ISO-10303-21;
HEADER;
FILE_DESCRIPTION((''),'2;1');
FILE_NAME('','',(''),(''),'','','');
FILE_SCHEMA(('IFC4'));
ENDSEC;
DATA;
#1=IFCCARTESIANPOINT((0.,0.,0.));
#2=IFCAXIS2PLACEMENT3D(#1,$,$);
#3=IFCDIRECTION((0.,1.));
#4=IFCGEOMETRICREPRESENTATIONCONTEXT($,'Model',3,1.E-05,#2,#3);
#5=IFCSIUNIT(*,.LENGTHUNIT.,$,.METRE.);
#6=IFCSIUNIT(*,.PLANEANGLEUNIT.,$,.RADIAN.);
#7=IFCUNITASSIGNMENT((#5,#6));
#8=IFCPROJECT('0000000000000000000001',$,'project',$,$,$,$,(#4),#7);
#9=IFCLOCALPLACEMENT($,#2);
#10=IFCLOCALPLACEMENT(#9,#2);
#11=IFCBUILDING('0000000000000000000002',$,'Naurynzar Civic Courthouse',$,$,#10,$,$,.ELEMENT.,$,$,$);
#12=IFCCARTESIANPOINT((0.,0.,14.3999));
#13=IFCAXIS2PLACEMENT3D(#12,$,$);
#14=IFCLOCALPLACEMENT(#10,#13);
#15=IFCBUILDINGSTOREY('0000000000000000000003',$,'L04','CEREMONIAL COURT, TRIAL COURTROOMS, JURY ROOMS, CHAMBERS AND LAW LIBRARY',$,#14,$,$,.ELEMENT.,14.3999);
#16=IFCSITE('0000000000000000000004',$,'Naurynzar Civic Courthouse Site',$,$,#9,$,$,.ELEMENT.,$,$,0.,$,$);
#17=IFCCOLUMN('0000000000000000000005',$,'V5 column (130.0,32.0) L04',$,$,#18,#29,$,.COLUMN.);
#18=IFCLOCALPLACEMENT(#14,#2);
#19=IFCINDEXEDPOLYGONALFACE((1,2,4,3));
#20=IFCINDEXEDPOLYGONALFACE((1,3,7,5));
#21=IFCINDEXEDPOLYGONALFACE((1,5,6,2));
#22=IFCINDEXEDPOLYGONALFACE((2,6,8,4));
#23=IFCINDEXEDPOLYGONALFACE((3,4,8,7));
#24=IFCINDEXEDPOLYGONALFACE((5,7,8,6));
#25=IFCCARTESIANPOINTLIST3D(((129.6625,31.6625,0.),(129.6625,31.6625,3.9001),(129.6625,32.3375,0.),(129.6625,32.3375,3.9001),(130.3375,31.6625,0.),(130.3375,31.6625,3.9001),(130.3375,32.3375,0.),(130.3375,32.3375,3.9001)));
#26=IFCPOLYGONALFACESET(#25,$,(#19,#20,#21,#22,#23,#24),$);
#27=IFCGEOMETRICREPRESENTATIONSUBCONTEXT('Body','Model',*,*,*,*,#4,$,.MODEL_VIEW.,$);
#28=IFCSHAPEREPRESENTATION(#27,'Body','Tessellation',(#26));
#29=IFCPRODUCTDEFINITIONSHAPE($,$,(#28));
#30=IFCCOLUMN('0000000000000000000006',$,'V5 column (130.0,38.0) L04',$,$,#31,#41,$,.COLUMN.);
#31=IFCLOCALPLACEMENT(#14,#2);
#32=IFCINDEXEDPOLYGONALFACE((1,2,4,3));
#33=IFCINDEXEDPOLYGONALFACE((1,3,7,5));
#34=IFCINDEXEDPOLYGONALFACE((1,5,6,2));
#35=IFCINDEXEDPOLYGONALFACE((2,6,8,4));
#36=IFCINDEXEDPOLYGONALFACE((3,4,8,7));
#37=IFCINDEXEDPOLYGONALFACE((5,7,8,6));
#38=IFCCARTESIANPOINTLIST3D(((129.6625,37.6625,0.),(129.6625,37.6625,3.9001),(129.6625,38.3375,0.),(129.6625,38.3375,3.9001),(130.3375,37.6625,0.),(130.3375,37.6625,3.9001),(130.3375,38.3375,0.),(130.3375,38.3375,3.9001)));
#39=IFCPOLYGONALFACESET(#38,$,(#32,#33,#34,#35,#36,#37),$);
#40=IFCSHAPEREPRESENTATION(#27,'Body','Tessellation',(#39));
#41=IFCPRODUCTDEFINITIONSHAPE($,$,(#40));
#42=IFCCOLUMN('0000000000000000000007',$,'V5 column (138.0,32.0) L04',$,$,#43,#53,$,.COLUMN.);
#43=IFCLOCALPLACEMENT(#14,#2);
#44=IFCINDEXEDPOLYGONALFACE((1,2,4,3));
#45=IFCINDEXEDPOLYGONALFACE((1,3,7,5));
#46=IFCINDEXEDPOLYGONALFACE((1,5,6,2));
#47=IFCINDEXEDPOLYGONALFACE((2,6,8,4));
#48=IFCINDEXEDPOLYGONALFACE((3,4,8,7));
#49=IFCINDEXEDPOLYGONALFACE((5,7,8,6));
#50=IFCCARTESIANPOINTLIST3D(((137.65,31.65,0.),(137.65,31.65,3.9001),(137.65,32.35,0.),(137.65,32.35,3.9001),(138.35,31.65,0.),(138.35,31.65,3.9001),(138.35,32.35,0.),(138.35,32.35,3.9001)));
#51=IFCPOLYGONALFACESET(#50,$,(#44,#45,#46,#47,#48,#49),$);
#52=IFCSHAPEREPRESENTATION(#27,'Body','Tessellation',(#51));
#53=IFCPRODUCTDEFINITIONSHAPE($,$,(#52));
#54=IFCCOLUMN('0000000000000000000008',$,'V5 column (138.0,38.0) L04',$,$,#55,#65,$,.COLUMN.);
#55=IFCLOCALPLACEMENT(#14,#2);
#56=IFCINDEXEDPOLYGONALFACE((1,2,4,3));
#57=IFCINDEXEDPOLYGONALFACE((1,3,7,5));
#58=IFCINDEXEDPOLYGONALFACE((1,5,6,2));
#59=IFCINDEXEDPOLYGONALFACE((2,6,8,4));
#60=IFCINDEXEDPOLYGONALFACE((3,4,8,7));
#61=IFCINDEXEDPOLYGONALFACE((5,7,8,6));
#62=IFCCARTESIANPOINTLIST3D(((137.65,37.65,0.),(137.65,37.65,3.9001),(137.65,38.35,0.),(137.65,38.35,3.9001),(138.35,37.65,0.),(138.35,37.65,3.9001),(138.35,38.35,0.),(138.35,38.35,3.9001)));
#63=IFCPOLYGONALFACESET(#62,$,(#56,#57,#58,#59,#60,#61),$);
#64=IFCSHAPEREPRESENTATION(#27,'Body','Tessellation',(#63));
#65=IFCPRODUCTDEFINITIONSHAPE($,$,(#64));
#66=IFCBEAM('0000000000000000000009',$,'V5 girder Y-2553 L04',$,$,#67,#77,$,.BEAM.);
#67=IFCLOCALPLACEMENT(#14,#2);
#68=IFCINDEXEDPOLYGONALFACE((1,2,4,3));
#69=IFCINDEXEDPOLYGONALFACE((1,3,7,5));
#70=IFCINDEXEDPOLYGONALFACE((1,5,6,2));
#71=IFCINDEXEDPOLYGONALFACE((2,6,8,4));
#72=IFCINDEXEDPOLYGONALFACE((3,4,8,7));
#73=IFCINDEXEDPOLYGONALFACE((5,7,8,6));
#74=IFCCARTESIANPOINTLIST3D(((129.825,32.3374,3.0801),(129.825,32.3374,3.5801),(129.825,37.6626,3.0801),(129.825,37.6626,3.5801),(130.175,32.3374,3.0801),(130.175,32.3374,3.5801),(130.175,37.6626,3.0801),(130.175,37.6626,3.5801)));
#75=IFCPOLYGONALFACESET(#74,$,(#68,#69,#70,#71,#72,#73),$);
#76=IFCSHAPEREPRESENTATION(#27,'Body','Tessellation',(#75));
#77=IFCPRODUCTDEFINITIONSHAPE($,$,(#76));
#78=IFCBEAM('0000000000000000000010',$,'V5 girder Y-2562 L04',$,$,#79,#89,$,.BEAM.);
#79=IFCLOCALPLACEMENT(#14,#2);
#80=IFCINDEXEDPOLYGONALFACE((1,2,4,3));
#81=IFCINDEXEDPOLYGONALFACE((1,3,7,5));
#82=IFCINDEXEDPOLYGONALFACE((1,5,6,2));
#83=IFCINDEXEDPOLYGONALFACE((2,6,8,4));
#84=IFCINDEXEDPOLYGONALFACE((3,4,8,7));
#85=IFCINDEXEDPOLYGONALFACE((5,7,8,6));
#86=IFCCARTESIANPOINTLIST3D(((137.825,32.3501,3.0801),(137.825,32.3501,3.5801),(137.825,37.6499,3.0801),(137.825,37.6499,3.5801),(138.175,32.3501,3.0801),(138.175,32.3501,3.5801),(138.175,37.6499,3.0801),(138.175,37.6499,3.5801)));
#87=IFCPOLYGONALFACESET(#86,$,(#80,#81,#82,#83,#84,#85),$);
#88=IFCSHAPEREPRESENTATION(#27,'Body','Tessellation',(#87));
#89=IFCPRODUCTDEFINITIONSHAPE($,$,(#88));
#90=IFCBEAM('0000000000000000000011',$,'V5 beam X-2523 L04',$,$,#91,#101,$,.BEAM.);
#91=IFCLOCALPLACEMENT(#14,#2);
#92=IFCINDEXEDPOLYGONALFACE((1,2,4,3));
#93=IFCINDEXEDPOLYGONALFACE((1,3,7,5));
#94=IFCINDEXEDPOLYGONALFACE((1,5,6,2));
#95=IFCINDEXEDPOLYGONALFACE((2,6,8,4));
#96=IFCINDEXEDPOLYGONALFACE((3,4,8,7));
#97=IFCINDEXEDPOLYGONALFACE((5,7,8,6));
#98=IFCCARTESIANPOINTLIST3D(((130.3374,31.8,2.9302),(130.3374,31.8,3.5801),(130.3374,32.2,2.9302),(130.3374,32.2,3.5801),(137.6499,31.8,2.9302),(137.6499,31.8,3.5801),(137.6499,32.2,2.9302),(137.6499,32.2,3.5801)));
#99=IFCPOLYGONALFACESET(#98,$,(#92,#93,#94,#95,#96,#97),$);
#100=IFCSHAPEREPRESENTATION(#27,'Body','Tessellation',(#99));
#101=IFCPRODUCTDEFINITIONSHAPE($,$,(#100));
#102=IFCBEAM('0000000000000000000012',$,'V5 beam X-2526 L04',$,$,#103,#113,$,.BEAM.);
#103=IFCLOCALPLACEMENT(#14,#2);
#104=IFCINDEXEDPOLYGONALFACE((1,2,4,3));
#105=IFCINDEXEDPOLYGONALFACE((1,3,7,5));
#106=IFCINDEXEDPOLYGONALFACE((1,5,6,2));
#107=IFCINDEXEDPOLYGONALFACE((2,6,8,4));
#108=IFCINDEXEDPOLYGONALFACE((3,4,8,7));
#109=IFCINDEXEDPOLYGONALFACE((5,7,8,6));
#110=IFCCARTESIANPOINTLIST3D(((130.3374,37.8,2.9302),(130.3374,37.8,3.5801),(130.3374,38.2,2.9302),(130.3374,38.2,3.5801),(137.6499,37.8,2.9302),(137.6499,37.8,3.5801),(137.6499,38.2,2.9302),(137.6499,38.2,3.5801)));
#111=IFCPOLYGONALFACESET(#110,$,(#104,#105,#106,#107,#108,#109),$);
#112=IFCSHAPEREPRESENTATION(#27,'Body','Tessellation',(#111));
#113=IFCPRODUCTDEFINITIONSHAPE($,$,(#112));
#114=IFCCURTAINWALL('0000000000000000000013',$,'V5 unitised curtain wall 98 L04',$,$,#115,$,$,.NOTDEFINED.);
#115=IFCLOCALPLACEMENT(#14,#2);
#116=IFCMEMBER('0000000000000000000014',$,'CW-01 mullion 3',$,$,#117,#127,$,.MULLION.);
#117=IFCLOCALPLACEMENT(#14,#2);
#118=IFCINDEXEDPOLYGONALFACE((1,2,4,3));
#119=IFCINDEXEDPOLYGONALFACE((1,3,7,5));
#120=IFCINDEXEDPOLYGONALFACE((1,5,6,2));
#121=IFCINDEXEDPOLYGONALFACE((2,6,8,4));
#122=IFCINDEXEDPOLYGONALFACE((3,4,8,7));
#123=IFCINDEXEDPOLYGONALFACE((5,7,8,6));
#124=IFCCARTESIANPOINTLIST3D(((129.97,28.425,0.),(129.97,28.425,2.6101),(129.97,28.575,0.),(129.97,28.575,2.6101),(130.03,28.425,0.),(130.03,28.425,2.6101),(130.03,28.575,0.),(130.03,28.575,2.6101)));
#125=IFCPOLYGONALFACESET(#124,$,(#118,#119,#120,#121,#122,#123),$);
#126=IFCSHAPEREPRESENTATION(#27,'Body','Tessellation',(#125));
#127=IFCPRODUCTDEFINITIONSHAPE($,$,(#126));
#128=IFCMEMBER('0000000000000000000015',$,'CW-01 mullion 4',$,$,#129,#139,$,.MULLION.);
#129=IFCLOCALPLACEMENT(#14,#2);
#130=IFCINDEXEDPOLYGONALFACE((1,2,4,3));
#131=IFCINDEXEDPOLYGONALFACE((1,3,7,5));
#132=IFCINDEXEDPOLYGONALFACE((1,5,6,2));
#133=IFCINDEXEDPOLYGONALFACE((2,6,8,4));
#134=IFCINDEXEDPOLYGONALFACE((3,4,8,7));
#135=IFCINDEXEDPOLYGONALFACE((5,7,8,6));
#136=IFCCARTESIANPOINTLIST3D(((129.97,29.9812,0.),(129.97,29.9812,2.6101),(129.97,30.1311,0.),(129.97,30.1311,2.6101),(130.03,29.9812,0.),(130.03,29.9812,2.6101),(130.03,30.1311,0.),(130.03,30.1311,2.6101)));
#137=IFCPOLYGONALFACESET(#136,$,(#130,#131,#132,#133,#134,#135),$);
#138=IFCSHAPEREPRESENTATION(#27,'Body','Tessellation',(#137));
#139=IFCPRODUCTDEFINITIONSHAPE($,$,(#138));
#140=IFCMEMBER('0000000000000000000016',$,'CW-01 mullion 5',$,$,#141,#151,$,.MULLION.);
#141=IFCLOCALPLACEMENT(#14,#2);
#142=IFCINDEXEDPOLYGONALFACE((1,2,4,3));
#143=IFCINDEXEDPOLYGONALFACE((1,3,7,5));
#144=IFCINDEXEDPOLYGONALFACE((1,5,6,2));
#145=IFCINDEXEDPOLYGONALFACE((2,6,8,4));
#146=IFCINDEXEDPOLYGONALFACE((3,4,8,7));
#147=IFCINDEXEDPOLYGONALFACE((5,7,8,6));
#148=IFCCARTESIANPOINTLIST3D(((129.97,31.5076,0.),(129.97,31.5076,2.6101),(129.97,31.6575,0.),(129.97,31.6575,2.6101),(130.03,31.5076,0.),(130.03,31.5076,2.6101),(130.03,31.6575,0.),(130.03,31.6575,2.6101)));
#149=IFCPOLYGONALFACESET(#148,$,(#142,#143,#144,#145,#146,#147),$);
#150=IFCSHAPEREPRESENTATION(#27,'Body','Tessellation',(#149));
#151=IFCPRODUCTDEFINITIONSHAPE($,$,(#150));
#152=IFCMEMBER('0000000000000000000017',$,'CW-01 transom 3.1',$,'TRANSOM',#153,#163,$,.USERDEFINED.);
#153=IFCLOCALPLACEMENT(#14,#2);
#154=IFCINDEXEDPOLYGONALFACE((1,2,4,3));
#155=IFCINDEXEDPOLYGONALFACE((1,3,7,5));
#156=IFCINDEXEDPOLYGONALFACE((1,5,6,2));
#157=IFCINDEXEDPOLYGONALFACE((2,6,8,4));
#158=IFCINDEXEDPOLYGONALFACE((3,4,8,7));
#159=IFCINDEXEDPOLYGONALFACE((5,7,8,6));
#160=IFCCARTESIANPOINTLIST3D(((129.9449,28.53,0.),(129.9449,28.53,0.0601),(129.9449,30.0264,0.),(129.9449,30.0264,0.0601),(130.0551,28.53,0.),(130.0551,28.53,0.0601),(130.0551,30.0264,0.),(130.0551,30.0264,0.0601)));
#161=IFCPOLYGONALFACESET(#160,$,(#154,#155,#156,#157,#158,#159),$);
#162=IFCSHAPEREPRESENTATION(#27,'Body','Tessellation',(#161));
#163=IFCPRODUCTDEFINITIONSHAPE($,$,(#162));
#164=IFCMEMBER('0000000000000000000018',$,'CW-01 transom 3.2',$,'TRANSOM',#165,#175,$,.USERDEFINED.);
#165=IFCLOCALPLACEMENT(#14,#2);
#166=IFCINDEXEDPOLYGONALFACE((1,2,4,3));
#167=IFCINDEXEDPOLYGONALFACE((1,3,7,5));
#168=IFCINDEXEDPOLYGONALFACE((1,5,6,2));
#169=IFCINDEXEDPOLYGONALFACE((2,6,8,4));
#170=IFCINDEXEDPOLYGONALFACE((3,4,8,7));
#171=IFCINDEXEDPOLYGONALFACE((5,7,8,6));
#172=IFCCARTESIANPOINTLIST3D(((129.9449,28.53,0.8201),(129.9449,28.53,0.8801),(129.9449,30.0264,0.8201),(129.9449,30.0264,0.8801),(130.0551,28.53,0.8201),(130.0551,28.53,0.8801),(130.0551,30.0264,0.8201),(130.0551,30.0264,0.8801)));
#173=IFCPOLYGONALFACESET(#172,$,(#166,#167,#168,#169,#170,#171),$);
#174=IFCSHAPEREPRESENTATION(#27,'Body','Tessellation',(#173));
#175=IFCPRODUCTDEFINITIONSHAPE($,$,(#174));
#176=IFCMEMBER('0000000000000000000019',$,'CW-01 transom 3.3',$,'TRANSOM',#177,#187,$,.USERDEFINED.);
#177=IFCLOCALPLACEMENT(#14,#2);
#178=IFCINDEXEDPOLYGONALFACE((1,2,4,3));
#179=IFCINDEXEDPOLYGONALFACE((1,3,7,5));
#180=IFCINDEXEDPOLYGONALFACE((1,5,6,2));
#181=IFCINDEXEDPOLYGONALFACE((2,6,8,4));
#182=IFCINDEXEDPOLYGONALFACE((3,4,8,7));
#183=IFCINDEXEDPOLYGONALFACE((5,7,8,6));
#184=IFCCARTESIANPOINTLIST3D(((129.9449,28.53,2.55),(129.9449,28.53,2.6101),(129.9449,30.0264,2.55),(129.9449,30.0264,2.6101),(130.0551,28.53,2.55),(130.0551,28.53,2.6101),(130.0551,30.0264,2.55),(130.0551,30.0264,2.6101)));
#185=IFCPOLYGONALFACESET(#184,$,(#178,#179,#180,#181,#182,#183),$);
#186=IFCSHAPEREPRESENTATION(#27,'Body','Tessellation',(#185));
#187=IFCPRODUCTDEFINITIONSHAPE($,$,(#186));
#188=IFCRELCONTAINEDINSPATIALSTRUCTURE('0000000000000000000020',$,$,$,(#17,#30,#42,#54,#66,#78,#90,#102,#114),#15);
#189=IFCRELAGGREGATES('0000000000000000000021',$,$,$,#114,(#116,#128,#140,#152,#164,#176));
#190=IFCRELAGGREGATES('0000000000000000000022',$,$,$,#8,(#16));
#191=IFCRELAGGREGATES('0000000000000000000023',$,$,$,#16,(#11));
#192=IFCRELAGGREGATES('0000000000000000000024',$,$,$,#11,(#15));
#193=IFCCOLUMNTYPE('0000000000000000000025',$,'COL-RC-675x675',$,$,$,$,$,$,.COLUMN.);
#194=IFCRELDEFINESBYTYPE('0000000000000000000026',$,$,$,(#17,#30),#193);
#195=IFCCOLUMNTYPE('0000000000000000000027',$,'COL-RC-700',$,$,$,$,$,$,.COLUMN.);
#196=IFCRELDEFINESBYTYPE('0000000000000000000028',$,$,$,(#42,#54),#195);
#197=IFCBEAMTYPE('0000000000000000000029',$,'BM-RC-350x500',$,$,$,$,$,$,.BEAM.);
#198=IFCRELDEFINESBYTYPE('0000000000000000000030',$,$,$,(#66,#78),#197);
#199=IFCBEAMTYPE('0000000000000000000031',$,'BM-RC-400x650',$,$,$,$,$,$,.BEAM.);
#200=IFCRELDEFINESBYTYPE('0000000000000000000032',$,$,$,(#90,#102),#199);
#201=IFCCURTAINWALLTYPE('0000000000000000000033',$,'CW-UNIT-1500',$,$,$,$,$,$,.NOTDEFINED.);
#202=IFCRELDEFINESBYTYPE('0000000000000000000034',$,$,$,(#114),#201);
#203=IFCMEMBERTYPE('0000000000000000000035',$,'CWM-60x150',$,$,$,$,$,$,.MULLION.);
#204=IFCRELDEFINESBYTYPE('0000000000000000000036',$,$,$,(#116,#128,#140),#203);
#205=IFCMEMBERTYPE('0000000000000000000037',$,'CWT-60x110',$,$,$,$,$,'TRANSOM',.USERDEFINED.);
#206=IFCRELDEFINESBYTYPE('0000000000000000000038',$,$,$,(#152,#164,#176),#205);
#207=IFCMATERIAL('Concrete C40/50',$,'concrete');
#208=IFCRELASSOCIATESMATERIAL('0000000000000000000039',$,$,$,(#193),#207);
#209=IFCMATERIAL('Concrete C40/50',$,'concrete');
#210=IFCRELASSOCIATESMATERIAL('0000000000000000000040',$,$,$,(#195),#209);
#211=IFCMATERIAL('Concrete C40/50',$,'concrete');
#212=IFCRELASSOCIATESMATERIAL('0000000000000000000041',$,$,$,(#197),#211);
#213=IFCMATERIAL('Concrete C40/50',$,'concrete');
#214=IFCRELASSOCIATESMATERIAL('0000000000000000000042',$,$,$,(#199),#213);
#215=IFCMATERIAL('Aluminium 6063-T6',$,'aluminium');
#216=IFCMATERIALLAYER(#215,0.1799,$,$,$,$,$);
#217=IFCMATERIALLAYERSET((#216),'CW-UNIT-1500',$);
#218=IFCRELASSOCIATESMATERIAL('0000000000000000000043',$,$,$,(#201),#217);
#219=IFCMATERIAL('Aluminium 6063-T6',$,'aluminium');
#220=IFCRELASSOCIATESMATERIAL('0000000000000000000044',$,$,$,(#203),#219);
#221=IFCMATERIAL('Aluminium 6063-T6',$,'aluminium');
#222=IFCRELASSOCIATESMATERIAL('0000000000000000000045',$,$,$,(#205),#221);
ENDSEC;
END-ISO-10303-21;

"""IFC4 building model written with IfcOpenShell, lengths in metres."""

from ifc_helpers import new_model, si_unit, direction, frame, origin, origin_2d, place, context, subcontext, project, spatial, rectangle, extrude, material, layer, layer_set, material_profile, profile_set, type_object, element, aggregate, save


model = new_model("IFC4")

# Units and contexts
model_context = context("Model", 3, precision=1e-05, world=origin(), true_north=direction((0.0, 1.0)))
body_context = subcontext(model_context, "Body", "Model", "MODEL_VIEW")
ifc_project = project(units=[si_unit("LENGTHUNIT", "METRE"), si_unit("PLANEANGLEUNIT", "RADIAN")], contexts=[model_context])

# Site, building, storey
site_placement = place(None, origin())
site = spatial("IfcSite", under=ifc_project, at=site_placement, Name="Naurynzar Civic Courthouse Site", CompositionType="ELEMENT", RefElevation=0.0)
building_placement = place(site_placement, origin())
building = spatial("IfcBuilding", under=site, at=building_placement, Name="Naurynzar Civic Courthouse", CompositionType="ELEMENT")
storey_placement = place(building_placement, frame((0.0, 0.0, 14.3999)))
storey = spatial("IfcBuildingStorey", under=building, at=storey_placement, Name="L04", Description="CEREMONIAL COURT, TRIAL COURTROOMS, JURY ROOMS, CHAMBERS AND LAW LIBRARY", CompositionType="ELEMENT", Elevation=14.3999)

# Columns
ifc_material_1 = material(Name="Concrete C40/50", Category="concrete")
ifc_material_profile_1 = material_profile(ifc_material_1, rectangle(XDim=0.675, YDim=0.675, at=origin_2d()), Name="RC 675x675")
ifc_profile_set_1 = profile_set([ifc_material_profile_1], Name="Concrete C40/50")
column_type_1 = type_object("IfcColumnType", Name="COL-RC-675x675", PredefinedType="COLUMN", material=ifc_profile_set_1)
for number, where, z_axis, x_axis, name in (
    (1, (130.0, 32.0, 0.0), (0.0, 0.0, 1.0), (1.0, 0.0, 0.0), "V5 column (130.0,32.0) L04"),
    (2, (130.0, 38.0, 0.0), (0.0, 0.0, 1.0), (1.0, 0.0, 0.0), "V5 column (130.0,38.0) L04"),
):
    element("IfcColumn", number, at=place(storey_placement, frame(where, z_axis=z_axis, x_axis=x_axis)), inside=storey, type_object=column_type_1, Name=name, PredefinedType="COLUMN", context=body_context, shape_type="SweptSolid", body=[
        extrude(rectangle(XDim=0.675, YDim=0.675, at=origin_2d()), origin(), (0.0, 0.0, 1.0), 3.9001),
    ])
ifc_material_2 = material(Name="Concrete C40/50", Category="concrete")
ifc_material_profile_2 = material_profile(ifc_material_2, rectangle(XDim=0.7, YDim=0.7, at=origin_2d()), Name="RC 700x700")
ifc_profile_set_2 = profile_set([ifc_material_profile_2], Name="Concrete C40/50")
column_type_2 = type_object("IfcColumnType", Name="COL-RC-700", PredefinedType="COLUMN", material=ifc_profile_set_2)
for number, where, z_axis, x_axis, name in (
    (3, (138.0, 32.0, 0.0), (0.0, 0.0, 1.0), (1.0, 0.0, 0.0), "V5 column (138.0,32.0) L04"),
    (4, (138.0, 38.0, 0.0), (0.0, 0.0, 1.0), (1.0, 0.0, 0.0), "V5 column (138.0,38.0) L04"),
):
    element("IfcColumn", number, at=place(storey_placement, frame(where, z_axis=z_axis, x_axis=x_axis)), inside=storey, type_object=column_type_2, Name=name, PredefinedType="COLUMN", context=body_context, shape_type="SweptSolid", body=[
        extrude(rectangle(XDim=0.7, YDim=0.7, at=origin_2d()), origin(), (0.0, 0.0, 1.0), 3.9001),
    ])

# Beams
ifc_material_3 = material(Name="Concrete C40/50", Category="concrete")
ifc_material_profile_3 = material_profile(ifc_material_3, rectangle(XDim=0.3501, YDim=0.5, at=origin_2d()), Name="RCB 350x500")
ifc_profile_set_3 = profile_set([ifc_material_profile_3], Name="Concrete C40/50")
beam_type_1 = type_object("IfcBeamType", Name="BM-RC-350x500", PredefinedType="BEAM", material=ifc_profile_set_3)
beam_1_placement = place(storey_placement, frame((130.0, 32.3374, 3.3301), z_axis=(0.0, 1.0, 0.0), x_axis=(-1.0, 0.0, 0.0)))
element("IfcBeam", 5, at=beam_1_placement, inside=storey, type_object=beam_type_1, Name="V5 girder Y-2553 L04", PredefinedType="BEAM", context=body_context, shape_type="SweptSolid", body=[
    extrude(rectangle(XDim=0.3501, YDim=0.5, at=origin_2d()), origin(), (0.0, 0.0, 1.0), 5.3252),
])
beam_2_placement = place(storey_placement, frame((138.0, 32.3501, 3.3301), z_axis=(0.0, 1.0, 0.0), x_axis=(-1.0, 0.0, 0.0)))
element("IfcBeam", 6, at=beam_2_placement, inside=storey, type_object=beam_type_1, Name="V5 girder Y-2562 L04", PredefinedType="BEAM", context=body_context, shape_type="SweptSolid", body=[
    extrude(rectangle(XDim=0.3501, YDim=0.5, at=origin_2d()), origin(), (0.0, 0.0, 1.0), 5.2998),
])
ifc_material_4 = material(Name="Concrete C40/50", Category="concrete")
ifc_material_profile_4 = material_profile(ifc_material_4, rectangle(XDim=0.3999, YDim=0.6499, at=origin_2d()), Name="RCB 400x650")
ifc_profile_set_4 = profile_set([ifc_material_profile_4], Name="Concrete C40/50")
beam_type_2 = type_object("IfcBeamType", Name="BM-RC-400x650", PredefinedType="BEAM", material=ifc_profile_set_4)
for number, where, z_axis, x_axis, name in (
    (7, (130.3374, 32.0, 3.2551), (1.0, 0.0, 0.0), (0.0, 1.0, 0.0), "V5 beam X-2523 L04"),
    (8, (130.3374, 38.0, 3.2551), (1.0, 0.0, 0.0), (0.0, 1.0, 0.0), "V5 beam X-2526 L04"),
):
    element("IfcBeam", number, at=place(storey_placement, frame(where, z_axis=z_axis, x_axis=x_axis)), inside=storey, type_object=beam_type_2, Name=name, PredefinedType="BEAM", context=body_context, shape_type="SweptSolid", body=[
        extrude(rectangle(XDim=0.3999, YDim=0.6499, at=origin_2d()), origin(), (0.0, 0.0, 1.0), 7.3125),
    ])

# Curtain wall, members
ifc_material_5 = material(Name="Aluminium 6063-T6", Category="aluminium")
ifc_layer_1 = layer(ifc_material_5, 0.1799)
ifc_layer_set_1 = layer_set([ifc_layer_1], Name="CW-UNIT-1500")
curtain_wall_type = type_object("IfcCurtainWallType", Name="CW-UNIT-1500", PredefinedType="NOTDEFINED", material=ifc_layer_set_1)
curtain_wall_placement = place(storey_placement, origin())
curtain_wall = element("IfcCurtainWall", 9, at=curtain_wall_placement, inside=storey, type_object=curtain_wall_type, Name="V5 unitised curtain wall 98 L04", PredefinedType="NOTDEFINED")
ifc_material_6 = material(Name="Aluminium 6063-T6", Category="aluminium")
ifc_material_profile_5 = material_profile(ifc_material_6, rectangle(XDim=0.0601, YDim=0.1499, at=origin_2d()), Name="ALU MULLION 60x150")
ifc_profile_set_5 = profile_set([ifc_material_profile_5], Name="Aluminium 6063-T6")
member_type_1 = type_object("IfcMemberType", Name="CWM-60x150", PredefinedType="MULLION", material=ifc_profile_set_5)
member_1_placement = place(storey_placement, frame((130.0, 28.5, 0.0), z_axis=(0.0, 0.0, 1.0), x_axis=(-1.0, 0.0, 0.0)))
member_1 = element("IfcMember", 10, at=member_1_placement, type_object=member_type_1, Name="CW-01 mullion 3", PredefinedType="MULLION", context=body_context, shape_type="SweptSolid", body=[
    extrude(rectangle(XDim=0.0601, YDim=0.1499, at=origin_2d()), origin(), (0.0, 0.0, 1.0), 2.6101),
])
member_2_placement = place(storey_placement, frame((130.0, 30.0562, 0.0), z_axis=(0.0, 0.0, 1.0), x_axis=(-1.0, 0.0, 0.0)))
member_2 = element("IfcMember", 11, at=member_2_placement, type_object=member_type_1, Name="CW-01 mullion 4", PredefinedType="MULLION", context=body_context, shape_type="SweptSolid", body=[
    extrude(rectangle(XDim=0.0601, YDim=0.1499, at=origin_2d()), origin(), (0.0, 0.0, 1.0), 2.6101),
])
member_3_placement = place(storey_placement, frame((130.0, 31.5825, 0.0), z_axis=(0.0, 0.0, 1.0), x_axis=(-1.0, 0.0, 0.0)))
member_3 = element("IfcMember", 12, at=member_3_placement, type_object=member_type_1, Name="CW-01 mullion 5", PredefinedType="MULLION", context=body_context, shape_type="SweptSolid", body=[
    extrude(rectangle(XDim=0.0601, YDim=0.1499, at=origin_2d()), origin(), (0.0, 0.0, 1.0), 2.6101),
])
ifc_material_7 = material(Name="Aluminium 6063-T6", Category="aluminium")
ifc_material_profile_6 = material_profile(ifc_material_7, rectangle(XDim=0.1101, YDim=0.0601, at=origin_2d()), Name="ALU TRANSOM 60x110")
ifc_profile_set_6 = profile_set([ifc_material_profile_6], Name="Aluminium 6063-T6")
member_type_2 = type_object("IfcMemberType", Name="CWT-60x110", ElementType="TRANSOM", PredefinedType="USERDEFINED", material=ifc_profile_set_6)
member_4_placement = place(storey_placement, frame((130.0, 28.53, 0.03), z_axis=(0.0, 1.0, 0.0), x_axis=(-1.0, 0.0, 0.0)))
member_4 = element("IfcMember", 13, at=member_4_placement, type_object=member_type_2, Name="CW-01 transom 3.1", ObjectType="TRANSOM", PredefinedType="USERDEFINED", context=body_context, shape_type="SweptSolid", body=[
    extrude(rectangle(XDim=0.1101, YDim=0.0601, at=origin_2d()), origin(), (0.0, 0.0, 1.0), 1.4963),
])
member_5_placement = place(storey_placement, frame((130.0, 28.53, 0.8501), z_axis=(0.0, 1.0, 0.0), x_axis=(-1.0, 0.0, 0.0)))
member_5 = element("IfcMember", 14, at=member_5_placement, type_object=member_type_2, Name="CW-01 transom 3.2", ObjectType="TRANSOM", PredefinedType="USERDEFINED", context=body_context, shape_type="SweptSolid", body=[
    extrude(rectangle(XDim=0.1101, YDim=0.0601, at=origin_2d()), origin(), (0.0, 0.0, 1.0), 1.4963),
])
member_6_placement = place(storey_placement, frame((130.0, 28.53, 2.5801), z_axis=(0.0, 1.0, 0.0), x_axis=(-1.0, 0.0, 0.0)))
member_6 = element("IfcMember", 15, at=member_6_placement, type_object=member_type_2, Name="CW-01 transom 3.3", ObjectType="TRANSOM", PredefinedType="USERDEFINED", context=body_context, shape_type="SweptSolid", body=[
    extrude(rectangle(XDim=0.1101, YDim=0.0601, at=origin_2d()), origin(), (0.0, 0.0, 1.0), 1.4963),
])
aggregate(curtain_wall, [member_1, member_2, member_3, member_4, member_5, member_6])

save(model, "model.ifc")
